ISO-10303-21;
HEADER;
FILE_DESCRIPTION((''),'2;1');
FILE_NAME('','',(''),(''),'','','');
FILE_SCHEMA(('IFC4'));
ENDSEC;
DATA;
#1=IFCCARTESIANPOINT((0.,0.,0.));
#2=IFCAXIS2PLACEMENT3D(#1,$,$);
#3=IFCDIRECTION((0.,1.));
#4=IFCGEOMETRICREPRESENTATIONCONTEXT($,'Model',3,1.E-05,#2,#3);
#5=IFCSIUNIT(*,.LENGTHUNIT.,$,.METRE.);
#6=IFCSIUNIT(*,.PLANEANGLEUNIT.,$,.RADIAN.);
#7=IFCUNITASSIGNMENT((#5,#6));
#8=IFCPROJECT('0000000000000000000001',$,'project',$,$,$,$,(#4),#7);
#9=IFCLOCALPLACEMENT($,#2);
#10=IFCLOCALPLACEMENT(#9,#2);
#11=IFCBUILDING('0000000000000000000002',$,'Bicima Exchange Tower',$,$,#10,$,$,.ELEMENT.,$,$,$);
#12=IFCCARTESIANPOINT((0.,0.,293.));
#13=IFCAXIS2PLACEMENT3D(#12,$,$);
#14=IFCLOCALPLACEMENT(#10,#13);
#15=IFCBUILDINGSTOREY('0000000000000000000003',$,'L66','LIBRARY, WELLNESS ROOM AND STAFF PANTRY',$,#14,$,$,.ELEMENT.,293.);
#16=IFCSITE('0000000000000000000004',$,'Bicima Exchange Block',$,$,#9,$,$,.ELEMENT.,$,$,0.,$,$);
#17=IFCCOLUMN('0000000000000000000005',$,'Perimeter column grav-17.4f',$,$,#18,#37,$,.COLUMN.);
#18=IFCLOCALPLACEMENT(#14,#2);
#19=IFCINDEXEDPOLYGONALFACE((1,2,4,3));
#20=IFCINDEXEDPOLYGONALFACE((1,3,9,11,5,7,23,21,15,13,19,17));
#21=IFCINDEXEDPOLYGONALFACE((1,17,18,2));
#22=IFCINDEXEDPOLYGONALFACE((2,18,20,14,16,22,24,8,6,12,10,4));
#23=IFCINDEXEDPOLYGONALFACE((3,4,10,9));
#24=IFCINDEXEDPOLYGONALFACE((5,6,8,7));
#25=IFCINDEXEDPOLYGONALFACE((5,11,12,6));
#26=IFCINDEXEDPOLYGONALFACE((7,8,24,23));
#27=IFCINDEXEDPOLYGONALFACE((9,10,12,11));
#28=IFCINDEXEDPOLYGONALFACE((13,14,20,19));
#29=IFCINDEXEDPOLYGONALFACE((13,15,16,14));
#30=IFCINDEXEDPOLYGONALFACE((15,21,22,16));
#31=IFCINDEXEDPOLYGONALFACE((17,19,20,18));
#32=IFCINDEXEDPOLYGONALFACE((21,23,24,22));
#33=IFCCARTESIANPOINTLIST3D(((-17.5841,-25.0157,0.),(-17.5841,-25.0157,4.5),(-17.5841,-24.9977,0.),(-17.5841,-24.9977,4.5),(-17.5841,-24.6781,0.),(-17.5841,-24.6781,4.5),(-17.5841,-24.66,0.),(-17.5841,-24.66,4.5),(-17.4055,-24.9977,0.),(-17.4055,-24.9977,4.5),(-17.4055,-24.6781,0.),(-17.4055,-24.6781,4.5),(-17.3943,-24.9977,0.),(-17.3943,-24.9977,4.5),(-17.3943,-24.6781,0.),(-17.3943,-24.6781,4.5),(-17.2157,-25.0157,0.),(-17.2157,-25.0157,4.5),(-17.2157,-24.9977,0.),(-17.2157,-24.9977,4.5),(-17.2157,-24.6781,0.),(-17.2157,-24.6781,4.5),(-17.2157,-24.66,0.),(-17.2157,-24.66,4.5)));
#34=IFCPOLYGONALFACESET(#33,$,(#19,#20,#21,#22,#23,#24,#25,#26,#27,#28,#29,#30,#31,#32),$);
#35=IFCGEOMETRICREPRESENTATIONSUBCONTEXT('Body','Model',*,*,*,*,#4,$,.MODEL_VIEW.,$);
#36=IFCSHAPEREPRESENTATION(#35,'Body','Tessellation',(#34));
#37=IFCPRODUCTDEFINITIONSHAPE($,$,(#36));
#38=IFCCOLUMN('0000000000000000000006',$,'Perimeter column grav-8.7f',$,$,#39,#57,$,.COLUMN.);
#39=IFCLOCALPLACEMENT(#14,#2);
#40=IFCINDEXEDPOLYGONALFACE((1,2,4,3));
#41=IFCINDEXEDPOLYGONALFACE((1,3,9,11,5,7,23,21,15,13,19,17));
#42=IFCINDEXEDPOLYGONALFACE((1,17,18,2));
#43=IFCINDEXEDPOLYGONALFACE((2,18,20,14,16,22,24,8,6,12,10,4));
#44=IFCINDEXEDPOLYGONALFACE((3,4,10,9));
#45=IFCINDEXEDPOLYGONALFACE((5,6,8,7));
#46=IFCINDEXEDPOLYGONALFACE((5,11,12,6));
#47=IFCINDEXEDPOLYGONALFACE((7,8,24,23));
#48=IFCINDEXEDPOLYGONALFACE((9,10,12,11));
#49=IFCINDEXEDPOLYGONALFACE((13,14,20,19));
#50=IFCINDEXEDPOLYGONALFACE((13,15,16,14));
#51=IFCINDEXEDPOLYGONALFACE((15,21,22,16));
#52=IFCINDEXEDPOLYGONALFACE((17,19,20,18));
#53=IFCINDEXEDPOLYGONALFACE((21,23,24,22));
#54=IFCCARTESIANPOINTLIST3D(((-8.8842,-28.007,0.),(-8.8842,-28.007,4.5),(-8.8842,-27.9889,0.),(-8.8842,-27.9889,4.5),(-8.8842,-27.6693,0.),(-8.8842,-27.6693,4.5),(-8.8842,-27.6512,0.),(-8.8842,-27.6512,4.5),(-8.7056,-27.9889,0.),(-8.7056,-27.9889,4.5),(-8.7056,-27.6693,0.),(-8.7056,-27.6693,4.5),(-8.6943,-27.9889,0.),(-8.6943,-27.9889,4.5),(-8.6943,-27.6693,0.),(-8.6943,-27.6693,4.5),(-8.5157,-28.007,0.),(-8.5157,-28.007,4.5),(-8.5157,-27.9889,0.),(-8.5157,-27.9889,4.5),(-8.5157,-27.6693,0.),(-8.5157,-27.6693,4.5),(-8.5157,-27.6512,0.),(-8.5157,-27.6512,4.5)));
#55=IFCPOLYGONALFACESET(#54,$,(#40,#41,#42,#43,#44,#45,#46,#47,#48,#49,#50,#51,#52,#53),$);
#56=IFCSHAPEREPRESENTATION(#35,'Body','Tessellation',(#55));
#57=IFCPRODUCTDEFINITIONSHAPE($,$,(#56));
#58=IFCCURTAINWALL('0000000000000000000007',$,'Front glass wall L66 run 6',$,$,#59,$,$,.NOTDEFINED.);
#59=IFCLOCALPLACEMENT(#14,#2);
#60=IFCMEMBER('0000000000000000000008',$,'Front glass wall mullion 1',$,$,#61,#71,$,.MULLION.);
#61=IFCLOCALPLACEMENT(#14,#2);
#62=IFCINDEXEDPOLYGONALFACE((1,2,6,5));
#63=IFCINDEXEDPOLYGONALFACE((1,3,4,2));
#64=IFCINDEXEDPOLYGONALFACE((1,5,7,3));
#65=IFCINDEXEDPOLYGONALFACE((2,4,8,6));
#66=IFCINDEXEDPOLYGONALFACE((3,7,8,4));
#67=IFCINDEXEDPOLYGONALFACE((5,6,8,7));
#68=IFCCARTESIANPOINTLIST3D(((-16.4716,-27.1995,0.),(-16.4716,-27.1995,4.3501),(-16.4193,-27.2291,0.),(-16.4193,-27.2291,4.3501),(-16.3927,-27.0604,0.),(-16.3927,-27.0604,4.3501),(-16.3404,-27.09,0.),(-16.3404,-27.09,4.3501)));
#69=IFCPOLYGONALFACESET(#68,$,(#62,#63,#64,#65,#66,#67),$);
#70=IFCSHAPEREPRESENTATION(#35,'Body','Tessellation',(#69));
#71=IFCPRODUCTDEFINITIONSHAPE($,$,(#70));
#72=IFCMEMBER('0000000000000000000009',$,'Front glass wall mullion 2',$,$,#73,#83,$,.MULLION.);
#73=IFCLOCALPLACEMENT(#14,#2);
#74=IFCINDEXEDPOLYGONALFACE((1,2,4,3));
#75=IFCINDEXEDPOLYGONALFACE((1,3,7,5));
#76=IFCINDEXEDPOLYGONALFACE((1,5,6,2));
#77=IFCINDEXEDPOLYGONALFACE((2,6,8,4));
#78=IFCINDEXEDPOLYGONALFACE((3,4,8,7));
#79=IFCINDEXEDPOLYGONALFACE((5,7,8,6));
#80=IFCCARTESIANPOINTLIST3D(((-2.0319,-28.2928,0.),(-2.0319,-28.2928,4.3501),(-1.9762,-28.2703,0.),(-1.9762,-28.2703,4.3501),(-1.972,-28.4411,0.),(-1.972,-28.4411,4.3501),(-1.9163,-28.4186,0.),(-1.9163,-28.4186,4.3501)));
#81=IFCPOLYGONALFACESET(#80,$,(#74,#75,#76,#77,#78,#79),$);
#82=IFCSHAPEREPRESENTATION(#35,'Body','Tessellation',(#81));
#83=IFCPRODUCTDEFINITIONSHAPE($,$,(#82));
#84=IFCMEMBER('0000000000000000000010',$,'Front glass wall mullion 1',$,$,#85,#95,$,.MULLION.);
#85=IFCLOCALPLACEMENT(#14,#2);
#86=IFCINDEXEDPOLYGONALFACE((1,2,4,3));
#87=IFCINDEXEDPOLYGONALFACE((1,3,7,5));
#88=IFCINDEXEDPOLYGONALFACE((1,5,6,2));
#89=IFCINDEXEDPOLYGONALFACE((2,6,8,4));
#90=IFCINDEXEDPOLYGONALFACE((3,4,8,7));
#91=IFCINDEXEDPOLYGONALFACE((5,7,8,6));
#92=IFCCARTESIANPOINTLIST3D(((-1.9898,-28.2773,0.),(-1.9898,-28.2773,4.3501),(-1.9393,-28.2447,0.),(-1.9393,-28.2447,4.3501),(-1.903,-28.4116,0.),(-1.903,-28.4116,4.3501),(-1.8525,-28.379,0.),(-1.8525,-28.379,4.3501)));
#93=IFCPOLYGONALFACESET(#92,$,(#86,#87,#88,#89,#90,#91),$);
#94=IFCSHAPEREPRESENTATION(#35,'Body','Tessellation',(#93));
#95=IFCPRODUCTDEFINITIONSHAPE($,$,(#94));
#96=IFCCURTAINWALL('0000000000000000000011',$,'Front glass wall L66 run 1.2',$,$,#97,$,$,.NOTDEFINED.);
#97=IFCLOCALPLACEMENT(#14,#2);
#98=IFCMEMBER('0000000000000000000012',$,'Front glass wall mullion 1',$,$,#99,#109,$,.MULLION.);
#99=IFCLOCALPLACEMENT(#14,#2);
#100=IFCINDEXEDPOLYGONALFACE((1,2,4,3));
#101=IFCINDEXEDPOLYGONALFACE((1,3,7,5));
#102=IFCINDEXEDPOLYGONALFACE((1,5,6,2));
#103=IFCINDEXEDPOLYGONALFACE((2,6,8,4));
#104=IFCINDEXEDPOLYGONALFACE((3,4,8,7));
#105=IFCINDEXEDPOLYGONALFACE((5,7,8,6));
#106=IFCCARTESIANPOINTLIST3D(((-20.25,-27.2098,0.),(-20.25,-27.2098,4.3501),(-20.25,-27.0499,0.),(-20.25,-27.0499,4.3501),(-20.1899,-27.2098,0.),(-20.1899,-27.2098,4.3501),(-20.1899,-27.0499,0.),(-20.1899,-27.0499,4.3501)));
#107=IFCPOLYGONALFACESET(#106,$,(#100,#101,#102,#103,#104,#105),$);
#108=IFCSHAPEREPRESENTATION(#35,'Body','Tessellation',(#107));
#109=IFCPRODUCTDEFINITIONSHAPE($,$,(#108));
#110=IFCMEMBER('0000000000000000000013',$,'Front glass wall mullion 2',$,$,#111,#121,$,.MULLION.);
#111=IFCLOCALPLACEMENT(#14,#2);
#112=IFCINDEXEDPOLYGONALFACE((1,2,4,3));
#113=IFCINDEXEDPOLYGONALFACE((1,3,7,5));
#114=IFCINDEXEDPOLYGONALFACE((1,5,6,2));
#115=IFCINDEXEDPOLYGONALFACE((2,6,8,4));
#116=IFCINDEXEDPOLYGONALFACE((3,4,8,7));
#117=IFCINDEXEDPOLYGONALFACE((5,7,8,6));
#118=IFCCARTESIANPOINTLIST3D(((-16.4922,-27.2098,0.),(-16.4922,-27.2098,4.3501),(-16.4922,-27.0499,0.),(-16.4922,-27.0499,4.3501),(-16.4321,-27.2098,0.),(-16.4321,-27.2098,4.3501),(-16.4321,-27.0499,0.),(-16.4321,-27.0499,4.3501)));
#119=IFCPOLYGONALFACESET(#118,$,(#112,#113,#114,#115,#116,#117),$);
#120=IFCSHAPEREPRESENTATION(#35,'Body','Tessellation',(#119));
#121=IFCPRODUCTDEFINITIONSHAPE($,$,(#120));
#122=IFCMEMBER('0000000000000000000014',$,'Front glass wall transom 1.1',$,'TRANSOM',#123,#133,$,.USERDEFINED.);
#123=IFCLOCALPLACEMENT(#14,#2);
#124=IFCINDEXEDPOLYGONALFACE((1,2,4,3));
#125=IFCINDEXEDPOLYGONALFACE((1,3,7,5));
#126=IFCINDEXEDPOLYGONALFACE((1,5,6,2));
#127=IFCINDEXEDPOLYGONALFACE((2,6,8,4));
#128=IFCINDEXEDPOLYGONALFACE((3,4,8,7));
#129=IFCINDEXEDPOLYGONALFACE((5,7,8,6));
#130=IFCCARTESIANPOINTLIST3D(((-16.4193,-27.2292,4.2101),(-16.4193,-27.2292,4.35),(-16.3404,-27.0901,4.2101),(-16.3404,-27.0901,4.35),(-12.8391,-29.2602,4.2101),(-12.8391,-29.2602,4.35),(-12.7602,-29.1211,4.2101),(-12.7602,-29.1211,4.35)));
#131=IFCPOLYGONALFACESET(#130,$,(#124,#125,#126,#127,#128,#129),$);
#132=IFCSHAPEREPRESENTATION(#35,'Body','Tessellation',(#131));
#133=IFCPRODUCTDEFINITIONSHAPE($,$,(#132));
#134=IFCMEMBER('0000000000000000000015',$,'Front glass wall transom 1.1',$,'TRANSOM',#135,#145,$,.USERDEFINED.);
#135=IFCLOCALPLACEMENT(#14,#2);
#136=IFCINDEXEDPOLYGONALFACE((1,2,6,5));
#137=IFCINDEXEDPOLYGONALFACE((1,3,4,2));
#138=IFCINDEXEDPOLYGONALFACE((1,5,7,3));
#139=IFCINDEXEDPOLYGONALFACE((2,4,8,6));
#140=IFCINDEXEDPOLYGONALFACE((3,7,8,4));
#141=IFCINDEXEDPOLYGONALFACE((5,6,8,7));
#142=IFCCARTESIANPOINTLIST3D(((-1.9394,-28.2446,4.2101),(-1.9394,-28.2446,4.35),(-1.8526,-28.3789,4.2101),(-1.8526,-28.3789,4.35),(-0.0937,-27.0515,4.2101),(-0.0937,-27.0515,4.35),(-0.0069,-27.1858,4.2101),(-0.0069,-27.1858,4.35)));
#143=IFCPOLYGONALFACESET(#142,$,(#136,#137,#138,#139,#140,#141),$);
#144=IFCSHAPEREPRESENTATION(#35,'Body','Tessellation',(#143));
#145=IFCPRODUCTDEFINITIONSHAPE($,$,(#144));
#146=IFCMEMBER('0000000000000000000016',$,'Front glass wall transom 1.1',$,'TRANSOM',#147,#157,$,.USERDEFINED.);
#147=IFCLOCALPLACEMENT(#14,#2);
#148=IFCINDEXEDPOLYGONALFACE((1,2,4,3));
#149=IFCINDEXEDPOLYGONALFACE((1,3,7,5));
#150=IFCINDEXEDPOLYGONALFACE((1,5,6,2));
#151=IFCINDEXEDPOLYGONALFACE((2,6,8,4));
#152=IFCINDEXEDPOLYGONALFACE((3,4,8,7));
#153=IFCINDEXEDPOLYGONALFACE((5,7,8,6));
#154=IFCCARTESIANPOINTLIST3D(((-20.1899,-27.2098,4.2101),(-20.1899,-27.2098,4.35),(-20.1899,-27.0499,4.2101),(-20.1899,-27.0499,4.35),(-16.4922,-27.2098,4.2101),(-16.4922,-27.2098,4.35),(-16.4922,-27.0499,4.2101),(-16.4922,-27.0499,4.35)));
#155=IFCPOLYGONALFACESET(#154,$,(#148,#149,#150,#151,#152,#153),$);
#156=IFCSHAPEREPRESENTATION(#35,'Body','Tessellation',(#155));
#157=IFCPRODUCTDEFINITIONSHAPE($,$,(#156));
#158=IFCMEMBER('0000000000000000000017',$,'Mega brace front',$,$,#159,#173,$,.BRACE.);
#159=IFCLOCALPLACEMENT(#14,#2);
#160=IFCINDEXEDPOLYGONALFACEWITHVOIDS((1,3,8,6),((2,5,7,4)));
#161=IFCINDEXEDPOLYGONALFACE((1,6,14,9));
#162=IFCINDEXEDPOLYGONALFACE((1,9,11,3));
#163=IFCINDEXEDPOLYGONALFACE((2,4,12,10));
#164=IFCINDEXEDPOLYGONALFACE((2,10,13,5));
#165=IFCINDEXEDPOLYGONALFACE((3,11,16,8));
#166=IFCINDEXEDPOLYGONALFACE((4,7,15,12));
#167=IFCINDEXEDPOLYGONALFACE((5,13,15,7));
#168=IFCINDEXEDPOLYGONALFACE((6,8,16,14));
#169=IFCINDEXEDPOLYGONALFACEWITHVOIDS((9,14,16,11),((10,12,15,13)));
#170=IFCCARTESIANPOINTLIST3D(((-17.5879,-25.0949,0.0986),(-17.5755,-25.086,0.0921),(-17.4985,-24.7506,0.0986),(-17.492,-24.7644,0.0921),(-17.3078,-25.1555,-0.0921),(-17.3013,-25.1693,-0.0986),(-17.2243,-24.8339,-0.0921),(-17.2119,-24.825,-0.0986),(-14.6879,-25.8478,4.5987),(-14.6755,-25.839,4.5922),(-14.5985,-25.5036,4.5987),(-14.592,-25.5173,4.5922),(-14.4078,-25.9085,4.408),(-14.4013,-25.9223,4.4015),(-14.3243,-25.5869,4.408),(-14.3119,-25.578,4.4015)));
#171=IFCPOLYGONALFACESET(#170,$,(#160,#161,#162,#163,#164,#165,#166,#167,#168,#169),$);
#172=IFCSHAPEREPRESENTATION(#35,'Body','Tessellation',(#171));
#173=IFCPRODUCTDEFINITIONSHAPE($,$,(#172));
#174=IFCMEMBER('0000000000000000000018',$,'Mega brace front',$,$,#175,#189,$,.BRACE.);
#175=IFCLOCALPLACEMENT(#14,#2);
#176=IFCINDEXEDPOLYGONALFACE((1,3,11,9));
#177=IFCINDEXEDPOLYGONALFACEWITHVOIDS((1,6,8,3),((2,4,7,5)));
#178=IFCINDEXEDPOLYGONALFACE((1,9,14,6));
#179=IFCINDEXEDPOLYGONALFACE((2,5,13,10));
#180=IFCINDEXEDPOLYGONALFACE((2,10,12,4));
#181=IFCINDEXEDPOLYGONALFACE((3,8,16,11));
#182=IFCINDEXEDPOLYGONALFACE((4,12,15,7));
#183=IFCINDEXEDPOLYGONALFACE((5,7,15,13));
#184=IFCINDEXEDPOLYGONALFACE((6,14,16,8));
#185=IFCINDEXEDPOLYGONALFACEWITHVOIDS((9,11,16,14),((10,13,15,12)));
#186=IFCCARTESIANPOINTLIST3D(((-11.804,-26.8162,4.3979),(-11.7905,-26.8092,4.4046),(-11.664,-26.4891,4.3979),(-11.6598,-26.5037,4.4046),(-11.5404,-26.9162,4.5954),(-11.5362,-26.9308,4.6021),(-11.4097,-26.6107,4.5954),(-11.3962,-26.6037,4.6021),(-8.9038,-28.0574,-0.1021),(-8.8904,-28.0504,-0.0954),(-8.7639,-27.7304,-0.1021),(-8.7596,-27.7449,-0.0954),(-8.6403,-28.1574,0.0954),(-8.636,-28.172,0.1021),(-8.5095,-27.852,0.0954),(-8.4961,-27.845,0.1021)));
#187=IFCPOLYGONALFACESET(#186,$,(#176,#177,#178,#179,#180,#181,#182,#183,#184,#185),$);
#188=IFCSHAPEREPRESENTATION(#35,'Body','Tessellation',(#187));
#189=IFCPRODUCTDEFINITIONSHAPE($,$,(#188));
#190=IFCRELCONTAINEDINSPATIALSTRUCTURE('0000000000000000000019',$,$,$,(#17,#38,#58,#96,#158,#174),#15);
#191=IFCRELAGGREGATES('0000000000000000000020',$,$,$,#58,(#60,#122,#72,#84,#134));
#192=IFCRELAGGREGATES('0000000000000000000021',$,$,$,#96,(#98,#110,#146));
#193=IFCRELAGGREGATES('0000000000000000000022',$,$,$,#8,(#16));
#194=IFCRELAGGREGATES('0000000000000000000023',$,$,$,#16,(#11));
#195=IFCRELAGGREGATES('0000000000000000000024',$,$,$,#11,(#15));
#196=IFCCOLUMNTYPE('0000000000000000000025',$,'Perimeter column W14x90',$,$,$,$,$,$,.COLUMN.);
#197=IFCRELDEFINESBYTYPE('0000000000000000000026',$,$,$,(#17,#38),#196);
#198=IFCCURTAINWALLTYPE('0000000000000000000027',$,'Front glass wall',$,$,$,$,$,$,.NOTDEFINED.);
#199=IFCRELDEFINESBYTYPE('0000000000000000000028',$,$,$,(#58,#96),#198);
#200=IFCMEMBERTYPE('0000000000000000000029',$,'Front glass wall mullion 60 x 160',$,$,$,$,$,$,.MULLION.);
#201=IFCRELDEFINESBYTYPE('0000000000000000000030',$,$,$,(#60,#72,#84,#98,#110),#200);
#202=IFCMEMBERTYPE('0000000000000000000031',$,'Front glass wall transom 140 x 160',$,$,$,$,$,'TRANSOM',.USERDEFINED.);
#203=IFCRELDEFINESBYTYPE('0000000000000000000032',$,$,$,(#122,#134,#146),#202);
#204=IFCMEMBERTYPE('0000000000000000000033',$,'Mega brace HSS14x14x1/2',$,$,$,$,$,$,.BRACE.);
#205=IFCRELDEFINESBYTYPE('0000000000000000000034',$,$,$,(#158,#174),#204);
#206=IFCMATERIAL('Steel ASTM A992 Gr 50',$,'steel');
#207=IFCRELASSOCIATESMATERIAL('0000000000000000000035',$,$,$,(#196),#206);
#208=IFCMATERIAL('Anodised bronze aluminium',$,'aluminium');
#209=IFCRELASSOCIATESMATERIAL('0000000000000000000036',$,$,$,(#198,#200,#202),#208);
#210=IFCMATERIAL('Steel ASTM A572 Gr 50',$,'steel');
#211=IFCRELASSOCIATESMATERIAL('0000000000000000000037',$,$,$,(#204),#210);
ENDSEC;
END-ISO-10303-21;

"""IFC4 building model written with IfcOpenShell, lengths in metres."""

from ifc_helpers import new_model, si_unit, direction, frame, origin, origin_2d, place, context, subcontext, project, spatial, rectangle, hollow_rectangle, i_section, extrude, material, material_profile, profile_set, type_object, element, aggregate, save


model = new_model("IFC4")

# Units and contexts
model_context = context("Model", 3, precision=1e-05, world=origin(), true_north=direction((0.0, 1.0)))
body_context = subcontext(model_context, "Body", "Model", "MODEL_VIEW")
ifc_project = project(units=[si_unit("LENGTHUNIT", "METRE"), si_unit("PLANEANGLEUNIT", "RADIAN")], contexts=[model_context])

# Site, building, storey
site_placement = place(None, origin())
site = spatial("IfcSite", under=ifc_project, at=site_placement, Name="Bicima Exchange Block", CompositionType="ELEMENT", RefElevation=0.0)
building_placement = place(site_placement, origin())
building = spatial("IfcBuilding", under=site, at=building_placement, Name="Bicima Exchange Tower", CompositionType="ELEMENT")
storey_placement = place(building_placement, frame((0.0, 0.0, 293.0)))
storey = spatial("IfcBuildingStorey", under=building, at=storey_placement, Name="L66", Description="LIBRARY, WELLNESS ROOM AND STAFF PANTRY", CompositionType="ELEMENT", Elevation=293.0)

# Columns
ifc_material_1 = material(Name="Steel ASTM A992 Gr 50", Category="steel")
ifc_material_profile_1 = material_profile(ifc_material_1, i_section(OverallWidth=0.3684, OverallDepth=0.3557, WebThickness=0.0112, FlangeThickness=0.0181, at=origin_2d()))
ifc_profile_set_1 = profile_set([ifc_material_profile_1], Name="Steel ASTM A992 Gr 50")
column_type = type_object("IfcColumnType", Name="Perimeter column W14x90", PredefinedType="COLUMN", material=ifc_profile_set_1)
for number, where, z_axis, x_axis, name in (
    (1, (-17.3999, -24.8379, 0.0), (0.0, 0.0, 1.0), (1.0, 0.0, 0.0), "Perimeter column grav-17.4f"),
    (2, (-8.7, -27.8291, 0.0), (0.0, 0.0, 1.0), (1.0, 0.0, 0.0), "Perimeter column grav-8.7f"),
):
    element("IfcColumn", number, at=place(storey_placement, frame(where, z_axis=z_axis, x_axis=x_axis)), inside=storey, type_object=column_type, Name=name, PredefinedType="COLUMN", context=body_context, shape_type="SweptSolid", body=[
        extrude(i_section(OverallWidth=0.3684, OverallDepth=0.3557, WebThickness=0.0112, FlangeThickness=0.0181, at=origin_2d()), origin(), (0.0, 0.0, 1.0), 4.5),
    ])

# Curtain walls, members
ifc_material_2 = material(Name="Anodised bronze aluminium", Category="aluminium")
curtain_wall_type = type_object("IfcCurtainWallType", Name="Front glass wall", PredefinedType="NOTDEFINED", material=ifc_material_2)
curtain_wall_1_placement = place(storey_placement, origin())
curtain_wall_1 = element("IfcCurtainWall", 3, at=curtain_wall_1_placement, inside=storey, type_object=curtain_wall_type, Name="Front glass wall L66 run 6", PredefinedType="NOTDEFINED")
ifc_material_profile_2 = material_profile(ifc_material_2, rectangle(XDim=0.1599, YDim=0.0601, at=origin_2d()))
ifc_profile_set_2 = profile_set([ifc_material_profile_2], Name="Anodised bronze aluminium")
member_type_1 = type_object("IfcMemberType", Name="Front glass wall mullion 60 x 160", PredefinedType="MULLION", material=ifc_profile_set_2)
member_1_placement = place(storey_placement, frame((-16.406, -27.1448, 0.0), z_axis=(0.0, 0.0, 1.0), x_axis=(0.493395, 0.869805, 0.0)))
member_1 = element("IfcMember", 4, at=member_1_placement, type_object=member_type_1, Name="Front glass wall mullion 1", PredefinedType="MULLION", context=body_context, shape_type="SweptSolid", body=[
    extrude(rectangle(XDim=0.1599, YDim=0.0601, at=origin_2d()), origin(), (0.0, 0.0, 1.0), 4.3501),
])
member_2_placement = place(storey_placement, frame((-1.9741, -28.3557, 0.0), z_axis=(0.0, 0.0, 1.0), x_axis=(-0.374705, 0.927144, 0.0)))
member_2 = element("IfcMember", 5, at=member_2_placement, type_object=member_type_1, Name="Front glass wall mullion 2", PredefinedType="MULLION", context=body_context, shape_type="SweptSolid", body=[
    extrude(rectangle(XDim=0.1599, YDim=0.0601, at=origin_2d()), origin(), (0.0, 0.0, 1.0), 4.3501),
])
member_3_placement = place(storey_placement, frame((-1.9211, -28.3281, 0.0), z_axis=(0.0, 0.0, 1.0), x_axis=(-0.542897, 0.839799, 0.0)))
member_3 = element("IfcMember", 6, at=member_3_placement, type_object=member_type_1, Name="Front glass wall mullion 1", PredefinedType="MULLION", context=body_context, shape_type="SweptSolid", body=[
    extrude(rectangle(XDim=0.1599, YDim=0.0601, at=origin_2d()), origin(), (0.0, 0.0, 1.0), 4.3501),
])
curtain_wall_2_placement = place(storey_placement, origin())
curtain_wall_2 = element("IfcCurtainWall", 7, at=curtain_wall_2_placement, inside=storey, type_object=curtain_wall_type, Name="Front glass wall L66 run 1.2", PredefinedType="NOTDEFINED")
member_4_placement = place(storey_placement, frame((-20.22, -27.1299, 0.0), z_axis=(0.0, 0.0, 1.0), x_axis=(0.0, 1.0, 0.0)))
member_4 = element("IfcMember", 8, at=member_4_placement, type_object=member_type_1, Name="Front glass wall mullion 1", PredefinedType="MULLION", context=body_context, shape_type="SweptSolid", body=[
    extrude(rectangle(XDim=0.1599, YDim=0.0601, at=origin_2d()), origin(), (0.0, 0.0, 1.0), 4.3501),
])
member_5_placement = place(storey_placement, frame((-16.4622, -27.1299, 0.0), z_axis=(0.0, 0.0, 1.0), x_axis=(0.0, 1.0, 0.0)))
member_5 = element("IfcMember", 9, at=member_5_placement, type_object=member_type_1, Name="Front glass wall mullion 2", PredefinedType="MULLION", context=body_context, shape_type="SweptSolid", body=[
    extrude(rectangle(XDim=0.1599, YDim=0.0601, at=origin_2d()), origin(), (0.0, 0.0, 1.0), 4.3501),
])

# Members
ifc_material_profile_3 = material_profile(ifc_material_2, rectangle(XDim=0.1599, YDim=0.1399, at=origin_2d()))
ifc_profile_set_3 = profile_set([ifc_material_profile_3], Name="Anodised bronze aluminium")
member_type_2 = type_object("IfcMemberType", Name="Front glass wall transom 140 x 160", ElementType="TRANSOM", PredefinedType="USERDEFINED", material=ifc_profile_set_3)
member_6_placement = place(storey_placement, frame((-16.3799, -27.1597, 4.28), z_axis=(0.869797, -0.493409, 0.0), x_axis=(0.493409, 0.869797, 0.0)))
member_6 = element("IfcMember", 10, at=member_6_placement, type_object=member_type_2, Name="Front glass wall transom 1.1", ObjectType="TRANSOM", PredefinedType="USERDEFINED", context=body_context, shape_type="SweptSolid", body=[
    extrude(rectangle(XDim=0.1599, YDim=0.1399, at=origin_2d()), origin(), (0.0, 0.0, 1.0), 4.1162),
])
member_7_placement = place(storey_placement, frame((-1.896, -28.3118, 4.28), z_axis=(0.839811, 0.542878, 0.0), x_axis=(-0.542878, 0.839811, 0.0)))
member_7 = element("IfcMember", 11, at=member_7_placement, type_object=member_type_2, Name="Front glass wall transom 1.1", ObjectType="TRANSOM", PredefinedType="USERDEFINED", context=body_context, shape_type="SweptSolid", body=[
    extrude(rectangle(XDim=0.1599, YDim=0.1399, at=origin_2d()), origin(), (0.0, 0.0, 1.0), 2.1978),
])
member_8_placement = place(storey_placement, frame((-20.1899, -27.1299, 4.28), z_axis=(1.0, 0.0, 0.0), x_axis=(0.0, 1.0, 0.0)))
member_8 = element("IfcMember", 12, at=member_8_placement, type_object=member_type_2, Name="Front glass wall transom 1.1", ObjectType="TRANSOM", PredefinedType="USERDEFINED", context=body_context, shape_type="SweptSolid", body=[
    extrude(rectangle(XDim=0.1599, YDim=0.1399, at=origin_2d()), origin(), (0.0, 0.0, 1.0), 3.6978),
])

# Members
ifc_material_3 = material(Name="Steel ASTM A572 Gr 50", Category="steel")
ifc_material_profile_4 = material_profile(ifc_material_3, hollow_rectangle(XDim=0.3557, YDim=0.3557, WallThickness=0.0117, at=origin_2d()))
ifc_profile_set_4 = profile_set([ifc_material_profile_4], Name="Steel ASTM A572 Gr 50")
member_type_3 = type_object("IfcMemberType", Name="Mega brace HSS14x14x1/2", PredefinedType="BRACE", material=ifc_profile_set_4)
member_9_placement = place(storey_placement, frame((-17.3999, -24.96, 0.0), z_axis=(0.536409, -0.139273, 0.832387), x_axis=(0.251307, 0.967907, 0.0)))
element("IfcMember", 13, at=member_9_placement, inside=storey, type_object=member_type_3, Name="Mega brace front", PredefinedType="BRACE", context=body_context, shape_type="SweptSolid", body=[
    extrude(hollow_rectangle(XDim=0.3557, YDim=0.3557, WallThickness=0.0117, at=origin_2d()), origin(), (0.0, 0.0, 1.0), 5.4062),
])
member_10_placement = place(storey_placement, frame((-8.7, -27.9512, 0.0), z_axis=(-0.527723, 0.225856, 0.818839), x_axis=(-0.393462, -0.919341, 0.0)))
element("IfcMember", 14, at=member_10_placement, inside=storey, type_object=member_type_3, Name="Mega brace front", PredefinedType="BRACE", context=body_context, shape_type="SweptSolid", body=[
    extrude(hollow_rectangle(XDim=0.3557, YDim=0.3557, WallThickness=0.0117, at=origin_2d()), origin(), (0.0, 0.0, 1.0), 5.4956),
])

aggregate(curtain_wall_1, [member_1, member_6, member_2, member_3, member_7])
aggregate(curtain_wall_2, [member_4, member_5, member_8])

save(model, "model.ifc")
